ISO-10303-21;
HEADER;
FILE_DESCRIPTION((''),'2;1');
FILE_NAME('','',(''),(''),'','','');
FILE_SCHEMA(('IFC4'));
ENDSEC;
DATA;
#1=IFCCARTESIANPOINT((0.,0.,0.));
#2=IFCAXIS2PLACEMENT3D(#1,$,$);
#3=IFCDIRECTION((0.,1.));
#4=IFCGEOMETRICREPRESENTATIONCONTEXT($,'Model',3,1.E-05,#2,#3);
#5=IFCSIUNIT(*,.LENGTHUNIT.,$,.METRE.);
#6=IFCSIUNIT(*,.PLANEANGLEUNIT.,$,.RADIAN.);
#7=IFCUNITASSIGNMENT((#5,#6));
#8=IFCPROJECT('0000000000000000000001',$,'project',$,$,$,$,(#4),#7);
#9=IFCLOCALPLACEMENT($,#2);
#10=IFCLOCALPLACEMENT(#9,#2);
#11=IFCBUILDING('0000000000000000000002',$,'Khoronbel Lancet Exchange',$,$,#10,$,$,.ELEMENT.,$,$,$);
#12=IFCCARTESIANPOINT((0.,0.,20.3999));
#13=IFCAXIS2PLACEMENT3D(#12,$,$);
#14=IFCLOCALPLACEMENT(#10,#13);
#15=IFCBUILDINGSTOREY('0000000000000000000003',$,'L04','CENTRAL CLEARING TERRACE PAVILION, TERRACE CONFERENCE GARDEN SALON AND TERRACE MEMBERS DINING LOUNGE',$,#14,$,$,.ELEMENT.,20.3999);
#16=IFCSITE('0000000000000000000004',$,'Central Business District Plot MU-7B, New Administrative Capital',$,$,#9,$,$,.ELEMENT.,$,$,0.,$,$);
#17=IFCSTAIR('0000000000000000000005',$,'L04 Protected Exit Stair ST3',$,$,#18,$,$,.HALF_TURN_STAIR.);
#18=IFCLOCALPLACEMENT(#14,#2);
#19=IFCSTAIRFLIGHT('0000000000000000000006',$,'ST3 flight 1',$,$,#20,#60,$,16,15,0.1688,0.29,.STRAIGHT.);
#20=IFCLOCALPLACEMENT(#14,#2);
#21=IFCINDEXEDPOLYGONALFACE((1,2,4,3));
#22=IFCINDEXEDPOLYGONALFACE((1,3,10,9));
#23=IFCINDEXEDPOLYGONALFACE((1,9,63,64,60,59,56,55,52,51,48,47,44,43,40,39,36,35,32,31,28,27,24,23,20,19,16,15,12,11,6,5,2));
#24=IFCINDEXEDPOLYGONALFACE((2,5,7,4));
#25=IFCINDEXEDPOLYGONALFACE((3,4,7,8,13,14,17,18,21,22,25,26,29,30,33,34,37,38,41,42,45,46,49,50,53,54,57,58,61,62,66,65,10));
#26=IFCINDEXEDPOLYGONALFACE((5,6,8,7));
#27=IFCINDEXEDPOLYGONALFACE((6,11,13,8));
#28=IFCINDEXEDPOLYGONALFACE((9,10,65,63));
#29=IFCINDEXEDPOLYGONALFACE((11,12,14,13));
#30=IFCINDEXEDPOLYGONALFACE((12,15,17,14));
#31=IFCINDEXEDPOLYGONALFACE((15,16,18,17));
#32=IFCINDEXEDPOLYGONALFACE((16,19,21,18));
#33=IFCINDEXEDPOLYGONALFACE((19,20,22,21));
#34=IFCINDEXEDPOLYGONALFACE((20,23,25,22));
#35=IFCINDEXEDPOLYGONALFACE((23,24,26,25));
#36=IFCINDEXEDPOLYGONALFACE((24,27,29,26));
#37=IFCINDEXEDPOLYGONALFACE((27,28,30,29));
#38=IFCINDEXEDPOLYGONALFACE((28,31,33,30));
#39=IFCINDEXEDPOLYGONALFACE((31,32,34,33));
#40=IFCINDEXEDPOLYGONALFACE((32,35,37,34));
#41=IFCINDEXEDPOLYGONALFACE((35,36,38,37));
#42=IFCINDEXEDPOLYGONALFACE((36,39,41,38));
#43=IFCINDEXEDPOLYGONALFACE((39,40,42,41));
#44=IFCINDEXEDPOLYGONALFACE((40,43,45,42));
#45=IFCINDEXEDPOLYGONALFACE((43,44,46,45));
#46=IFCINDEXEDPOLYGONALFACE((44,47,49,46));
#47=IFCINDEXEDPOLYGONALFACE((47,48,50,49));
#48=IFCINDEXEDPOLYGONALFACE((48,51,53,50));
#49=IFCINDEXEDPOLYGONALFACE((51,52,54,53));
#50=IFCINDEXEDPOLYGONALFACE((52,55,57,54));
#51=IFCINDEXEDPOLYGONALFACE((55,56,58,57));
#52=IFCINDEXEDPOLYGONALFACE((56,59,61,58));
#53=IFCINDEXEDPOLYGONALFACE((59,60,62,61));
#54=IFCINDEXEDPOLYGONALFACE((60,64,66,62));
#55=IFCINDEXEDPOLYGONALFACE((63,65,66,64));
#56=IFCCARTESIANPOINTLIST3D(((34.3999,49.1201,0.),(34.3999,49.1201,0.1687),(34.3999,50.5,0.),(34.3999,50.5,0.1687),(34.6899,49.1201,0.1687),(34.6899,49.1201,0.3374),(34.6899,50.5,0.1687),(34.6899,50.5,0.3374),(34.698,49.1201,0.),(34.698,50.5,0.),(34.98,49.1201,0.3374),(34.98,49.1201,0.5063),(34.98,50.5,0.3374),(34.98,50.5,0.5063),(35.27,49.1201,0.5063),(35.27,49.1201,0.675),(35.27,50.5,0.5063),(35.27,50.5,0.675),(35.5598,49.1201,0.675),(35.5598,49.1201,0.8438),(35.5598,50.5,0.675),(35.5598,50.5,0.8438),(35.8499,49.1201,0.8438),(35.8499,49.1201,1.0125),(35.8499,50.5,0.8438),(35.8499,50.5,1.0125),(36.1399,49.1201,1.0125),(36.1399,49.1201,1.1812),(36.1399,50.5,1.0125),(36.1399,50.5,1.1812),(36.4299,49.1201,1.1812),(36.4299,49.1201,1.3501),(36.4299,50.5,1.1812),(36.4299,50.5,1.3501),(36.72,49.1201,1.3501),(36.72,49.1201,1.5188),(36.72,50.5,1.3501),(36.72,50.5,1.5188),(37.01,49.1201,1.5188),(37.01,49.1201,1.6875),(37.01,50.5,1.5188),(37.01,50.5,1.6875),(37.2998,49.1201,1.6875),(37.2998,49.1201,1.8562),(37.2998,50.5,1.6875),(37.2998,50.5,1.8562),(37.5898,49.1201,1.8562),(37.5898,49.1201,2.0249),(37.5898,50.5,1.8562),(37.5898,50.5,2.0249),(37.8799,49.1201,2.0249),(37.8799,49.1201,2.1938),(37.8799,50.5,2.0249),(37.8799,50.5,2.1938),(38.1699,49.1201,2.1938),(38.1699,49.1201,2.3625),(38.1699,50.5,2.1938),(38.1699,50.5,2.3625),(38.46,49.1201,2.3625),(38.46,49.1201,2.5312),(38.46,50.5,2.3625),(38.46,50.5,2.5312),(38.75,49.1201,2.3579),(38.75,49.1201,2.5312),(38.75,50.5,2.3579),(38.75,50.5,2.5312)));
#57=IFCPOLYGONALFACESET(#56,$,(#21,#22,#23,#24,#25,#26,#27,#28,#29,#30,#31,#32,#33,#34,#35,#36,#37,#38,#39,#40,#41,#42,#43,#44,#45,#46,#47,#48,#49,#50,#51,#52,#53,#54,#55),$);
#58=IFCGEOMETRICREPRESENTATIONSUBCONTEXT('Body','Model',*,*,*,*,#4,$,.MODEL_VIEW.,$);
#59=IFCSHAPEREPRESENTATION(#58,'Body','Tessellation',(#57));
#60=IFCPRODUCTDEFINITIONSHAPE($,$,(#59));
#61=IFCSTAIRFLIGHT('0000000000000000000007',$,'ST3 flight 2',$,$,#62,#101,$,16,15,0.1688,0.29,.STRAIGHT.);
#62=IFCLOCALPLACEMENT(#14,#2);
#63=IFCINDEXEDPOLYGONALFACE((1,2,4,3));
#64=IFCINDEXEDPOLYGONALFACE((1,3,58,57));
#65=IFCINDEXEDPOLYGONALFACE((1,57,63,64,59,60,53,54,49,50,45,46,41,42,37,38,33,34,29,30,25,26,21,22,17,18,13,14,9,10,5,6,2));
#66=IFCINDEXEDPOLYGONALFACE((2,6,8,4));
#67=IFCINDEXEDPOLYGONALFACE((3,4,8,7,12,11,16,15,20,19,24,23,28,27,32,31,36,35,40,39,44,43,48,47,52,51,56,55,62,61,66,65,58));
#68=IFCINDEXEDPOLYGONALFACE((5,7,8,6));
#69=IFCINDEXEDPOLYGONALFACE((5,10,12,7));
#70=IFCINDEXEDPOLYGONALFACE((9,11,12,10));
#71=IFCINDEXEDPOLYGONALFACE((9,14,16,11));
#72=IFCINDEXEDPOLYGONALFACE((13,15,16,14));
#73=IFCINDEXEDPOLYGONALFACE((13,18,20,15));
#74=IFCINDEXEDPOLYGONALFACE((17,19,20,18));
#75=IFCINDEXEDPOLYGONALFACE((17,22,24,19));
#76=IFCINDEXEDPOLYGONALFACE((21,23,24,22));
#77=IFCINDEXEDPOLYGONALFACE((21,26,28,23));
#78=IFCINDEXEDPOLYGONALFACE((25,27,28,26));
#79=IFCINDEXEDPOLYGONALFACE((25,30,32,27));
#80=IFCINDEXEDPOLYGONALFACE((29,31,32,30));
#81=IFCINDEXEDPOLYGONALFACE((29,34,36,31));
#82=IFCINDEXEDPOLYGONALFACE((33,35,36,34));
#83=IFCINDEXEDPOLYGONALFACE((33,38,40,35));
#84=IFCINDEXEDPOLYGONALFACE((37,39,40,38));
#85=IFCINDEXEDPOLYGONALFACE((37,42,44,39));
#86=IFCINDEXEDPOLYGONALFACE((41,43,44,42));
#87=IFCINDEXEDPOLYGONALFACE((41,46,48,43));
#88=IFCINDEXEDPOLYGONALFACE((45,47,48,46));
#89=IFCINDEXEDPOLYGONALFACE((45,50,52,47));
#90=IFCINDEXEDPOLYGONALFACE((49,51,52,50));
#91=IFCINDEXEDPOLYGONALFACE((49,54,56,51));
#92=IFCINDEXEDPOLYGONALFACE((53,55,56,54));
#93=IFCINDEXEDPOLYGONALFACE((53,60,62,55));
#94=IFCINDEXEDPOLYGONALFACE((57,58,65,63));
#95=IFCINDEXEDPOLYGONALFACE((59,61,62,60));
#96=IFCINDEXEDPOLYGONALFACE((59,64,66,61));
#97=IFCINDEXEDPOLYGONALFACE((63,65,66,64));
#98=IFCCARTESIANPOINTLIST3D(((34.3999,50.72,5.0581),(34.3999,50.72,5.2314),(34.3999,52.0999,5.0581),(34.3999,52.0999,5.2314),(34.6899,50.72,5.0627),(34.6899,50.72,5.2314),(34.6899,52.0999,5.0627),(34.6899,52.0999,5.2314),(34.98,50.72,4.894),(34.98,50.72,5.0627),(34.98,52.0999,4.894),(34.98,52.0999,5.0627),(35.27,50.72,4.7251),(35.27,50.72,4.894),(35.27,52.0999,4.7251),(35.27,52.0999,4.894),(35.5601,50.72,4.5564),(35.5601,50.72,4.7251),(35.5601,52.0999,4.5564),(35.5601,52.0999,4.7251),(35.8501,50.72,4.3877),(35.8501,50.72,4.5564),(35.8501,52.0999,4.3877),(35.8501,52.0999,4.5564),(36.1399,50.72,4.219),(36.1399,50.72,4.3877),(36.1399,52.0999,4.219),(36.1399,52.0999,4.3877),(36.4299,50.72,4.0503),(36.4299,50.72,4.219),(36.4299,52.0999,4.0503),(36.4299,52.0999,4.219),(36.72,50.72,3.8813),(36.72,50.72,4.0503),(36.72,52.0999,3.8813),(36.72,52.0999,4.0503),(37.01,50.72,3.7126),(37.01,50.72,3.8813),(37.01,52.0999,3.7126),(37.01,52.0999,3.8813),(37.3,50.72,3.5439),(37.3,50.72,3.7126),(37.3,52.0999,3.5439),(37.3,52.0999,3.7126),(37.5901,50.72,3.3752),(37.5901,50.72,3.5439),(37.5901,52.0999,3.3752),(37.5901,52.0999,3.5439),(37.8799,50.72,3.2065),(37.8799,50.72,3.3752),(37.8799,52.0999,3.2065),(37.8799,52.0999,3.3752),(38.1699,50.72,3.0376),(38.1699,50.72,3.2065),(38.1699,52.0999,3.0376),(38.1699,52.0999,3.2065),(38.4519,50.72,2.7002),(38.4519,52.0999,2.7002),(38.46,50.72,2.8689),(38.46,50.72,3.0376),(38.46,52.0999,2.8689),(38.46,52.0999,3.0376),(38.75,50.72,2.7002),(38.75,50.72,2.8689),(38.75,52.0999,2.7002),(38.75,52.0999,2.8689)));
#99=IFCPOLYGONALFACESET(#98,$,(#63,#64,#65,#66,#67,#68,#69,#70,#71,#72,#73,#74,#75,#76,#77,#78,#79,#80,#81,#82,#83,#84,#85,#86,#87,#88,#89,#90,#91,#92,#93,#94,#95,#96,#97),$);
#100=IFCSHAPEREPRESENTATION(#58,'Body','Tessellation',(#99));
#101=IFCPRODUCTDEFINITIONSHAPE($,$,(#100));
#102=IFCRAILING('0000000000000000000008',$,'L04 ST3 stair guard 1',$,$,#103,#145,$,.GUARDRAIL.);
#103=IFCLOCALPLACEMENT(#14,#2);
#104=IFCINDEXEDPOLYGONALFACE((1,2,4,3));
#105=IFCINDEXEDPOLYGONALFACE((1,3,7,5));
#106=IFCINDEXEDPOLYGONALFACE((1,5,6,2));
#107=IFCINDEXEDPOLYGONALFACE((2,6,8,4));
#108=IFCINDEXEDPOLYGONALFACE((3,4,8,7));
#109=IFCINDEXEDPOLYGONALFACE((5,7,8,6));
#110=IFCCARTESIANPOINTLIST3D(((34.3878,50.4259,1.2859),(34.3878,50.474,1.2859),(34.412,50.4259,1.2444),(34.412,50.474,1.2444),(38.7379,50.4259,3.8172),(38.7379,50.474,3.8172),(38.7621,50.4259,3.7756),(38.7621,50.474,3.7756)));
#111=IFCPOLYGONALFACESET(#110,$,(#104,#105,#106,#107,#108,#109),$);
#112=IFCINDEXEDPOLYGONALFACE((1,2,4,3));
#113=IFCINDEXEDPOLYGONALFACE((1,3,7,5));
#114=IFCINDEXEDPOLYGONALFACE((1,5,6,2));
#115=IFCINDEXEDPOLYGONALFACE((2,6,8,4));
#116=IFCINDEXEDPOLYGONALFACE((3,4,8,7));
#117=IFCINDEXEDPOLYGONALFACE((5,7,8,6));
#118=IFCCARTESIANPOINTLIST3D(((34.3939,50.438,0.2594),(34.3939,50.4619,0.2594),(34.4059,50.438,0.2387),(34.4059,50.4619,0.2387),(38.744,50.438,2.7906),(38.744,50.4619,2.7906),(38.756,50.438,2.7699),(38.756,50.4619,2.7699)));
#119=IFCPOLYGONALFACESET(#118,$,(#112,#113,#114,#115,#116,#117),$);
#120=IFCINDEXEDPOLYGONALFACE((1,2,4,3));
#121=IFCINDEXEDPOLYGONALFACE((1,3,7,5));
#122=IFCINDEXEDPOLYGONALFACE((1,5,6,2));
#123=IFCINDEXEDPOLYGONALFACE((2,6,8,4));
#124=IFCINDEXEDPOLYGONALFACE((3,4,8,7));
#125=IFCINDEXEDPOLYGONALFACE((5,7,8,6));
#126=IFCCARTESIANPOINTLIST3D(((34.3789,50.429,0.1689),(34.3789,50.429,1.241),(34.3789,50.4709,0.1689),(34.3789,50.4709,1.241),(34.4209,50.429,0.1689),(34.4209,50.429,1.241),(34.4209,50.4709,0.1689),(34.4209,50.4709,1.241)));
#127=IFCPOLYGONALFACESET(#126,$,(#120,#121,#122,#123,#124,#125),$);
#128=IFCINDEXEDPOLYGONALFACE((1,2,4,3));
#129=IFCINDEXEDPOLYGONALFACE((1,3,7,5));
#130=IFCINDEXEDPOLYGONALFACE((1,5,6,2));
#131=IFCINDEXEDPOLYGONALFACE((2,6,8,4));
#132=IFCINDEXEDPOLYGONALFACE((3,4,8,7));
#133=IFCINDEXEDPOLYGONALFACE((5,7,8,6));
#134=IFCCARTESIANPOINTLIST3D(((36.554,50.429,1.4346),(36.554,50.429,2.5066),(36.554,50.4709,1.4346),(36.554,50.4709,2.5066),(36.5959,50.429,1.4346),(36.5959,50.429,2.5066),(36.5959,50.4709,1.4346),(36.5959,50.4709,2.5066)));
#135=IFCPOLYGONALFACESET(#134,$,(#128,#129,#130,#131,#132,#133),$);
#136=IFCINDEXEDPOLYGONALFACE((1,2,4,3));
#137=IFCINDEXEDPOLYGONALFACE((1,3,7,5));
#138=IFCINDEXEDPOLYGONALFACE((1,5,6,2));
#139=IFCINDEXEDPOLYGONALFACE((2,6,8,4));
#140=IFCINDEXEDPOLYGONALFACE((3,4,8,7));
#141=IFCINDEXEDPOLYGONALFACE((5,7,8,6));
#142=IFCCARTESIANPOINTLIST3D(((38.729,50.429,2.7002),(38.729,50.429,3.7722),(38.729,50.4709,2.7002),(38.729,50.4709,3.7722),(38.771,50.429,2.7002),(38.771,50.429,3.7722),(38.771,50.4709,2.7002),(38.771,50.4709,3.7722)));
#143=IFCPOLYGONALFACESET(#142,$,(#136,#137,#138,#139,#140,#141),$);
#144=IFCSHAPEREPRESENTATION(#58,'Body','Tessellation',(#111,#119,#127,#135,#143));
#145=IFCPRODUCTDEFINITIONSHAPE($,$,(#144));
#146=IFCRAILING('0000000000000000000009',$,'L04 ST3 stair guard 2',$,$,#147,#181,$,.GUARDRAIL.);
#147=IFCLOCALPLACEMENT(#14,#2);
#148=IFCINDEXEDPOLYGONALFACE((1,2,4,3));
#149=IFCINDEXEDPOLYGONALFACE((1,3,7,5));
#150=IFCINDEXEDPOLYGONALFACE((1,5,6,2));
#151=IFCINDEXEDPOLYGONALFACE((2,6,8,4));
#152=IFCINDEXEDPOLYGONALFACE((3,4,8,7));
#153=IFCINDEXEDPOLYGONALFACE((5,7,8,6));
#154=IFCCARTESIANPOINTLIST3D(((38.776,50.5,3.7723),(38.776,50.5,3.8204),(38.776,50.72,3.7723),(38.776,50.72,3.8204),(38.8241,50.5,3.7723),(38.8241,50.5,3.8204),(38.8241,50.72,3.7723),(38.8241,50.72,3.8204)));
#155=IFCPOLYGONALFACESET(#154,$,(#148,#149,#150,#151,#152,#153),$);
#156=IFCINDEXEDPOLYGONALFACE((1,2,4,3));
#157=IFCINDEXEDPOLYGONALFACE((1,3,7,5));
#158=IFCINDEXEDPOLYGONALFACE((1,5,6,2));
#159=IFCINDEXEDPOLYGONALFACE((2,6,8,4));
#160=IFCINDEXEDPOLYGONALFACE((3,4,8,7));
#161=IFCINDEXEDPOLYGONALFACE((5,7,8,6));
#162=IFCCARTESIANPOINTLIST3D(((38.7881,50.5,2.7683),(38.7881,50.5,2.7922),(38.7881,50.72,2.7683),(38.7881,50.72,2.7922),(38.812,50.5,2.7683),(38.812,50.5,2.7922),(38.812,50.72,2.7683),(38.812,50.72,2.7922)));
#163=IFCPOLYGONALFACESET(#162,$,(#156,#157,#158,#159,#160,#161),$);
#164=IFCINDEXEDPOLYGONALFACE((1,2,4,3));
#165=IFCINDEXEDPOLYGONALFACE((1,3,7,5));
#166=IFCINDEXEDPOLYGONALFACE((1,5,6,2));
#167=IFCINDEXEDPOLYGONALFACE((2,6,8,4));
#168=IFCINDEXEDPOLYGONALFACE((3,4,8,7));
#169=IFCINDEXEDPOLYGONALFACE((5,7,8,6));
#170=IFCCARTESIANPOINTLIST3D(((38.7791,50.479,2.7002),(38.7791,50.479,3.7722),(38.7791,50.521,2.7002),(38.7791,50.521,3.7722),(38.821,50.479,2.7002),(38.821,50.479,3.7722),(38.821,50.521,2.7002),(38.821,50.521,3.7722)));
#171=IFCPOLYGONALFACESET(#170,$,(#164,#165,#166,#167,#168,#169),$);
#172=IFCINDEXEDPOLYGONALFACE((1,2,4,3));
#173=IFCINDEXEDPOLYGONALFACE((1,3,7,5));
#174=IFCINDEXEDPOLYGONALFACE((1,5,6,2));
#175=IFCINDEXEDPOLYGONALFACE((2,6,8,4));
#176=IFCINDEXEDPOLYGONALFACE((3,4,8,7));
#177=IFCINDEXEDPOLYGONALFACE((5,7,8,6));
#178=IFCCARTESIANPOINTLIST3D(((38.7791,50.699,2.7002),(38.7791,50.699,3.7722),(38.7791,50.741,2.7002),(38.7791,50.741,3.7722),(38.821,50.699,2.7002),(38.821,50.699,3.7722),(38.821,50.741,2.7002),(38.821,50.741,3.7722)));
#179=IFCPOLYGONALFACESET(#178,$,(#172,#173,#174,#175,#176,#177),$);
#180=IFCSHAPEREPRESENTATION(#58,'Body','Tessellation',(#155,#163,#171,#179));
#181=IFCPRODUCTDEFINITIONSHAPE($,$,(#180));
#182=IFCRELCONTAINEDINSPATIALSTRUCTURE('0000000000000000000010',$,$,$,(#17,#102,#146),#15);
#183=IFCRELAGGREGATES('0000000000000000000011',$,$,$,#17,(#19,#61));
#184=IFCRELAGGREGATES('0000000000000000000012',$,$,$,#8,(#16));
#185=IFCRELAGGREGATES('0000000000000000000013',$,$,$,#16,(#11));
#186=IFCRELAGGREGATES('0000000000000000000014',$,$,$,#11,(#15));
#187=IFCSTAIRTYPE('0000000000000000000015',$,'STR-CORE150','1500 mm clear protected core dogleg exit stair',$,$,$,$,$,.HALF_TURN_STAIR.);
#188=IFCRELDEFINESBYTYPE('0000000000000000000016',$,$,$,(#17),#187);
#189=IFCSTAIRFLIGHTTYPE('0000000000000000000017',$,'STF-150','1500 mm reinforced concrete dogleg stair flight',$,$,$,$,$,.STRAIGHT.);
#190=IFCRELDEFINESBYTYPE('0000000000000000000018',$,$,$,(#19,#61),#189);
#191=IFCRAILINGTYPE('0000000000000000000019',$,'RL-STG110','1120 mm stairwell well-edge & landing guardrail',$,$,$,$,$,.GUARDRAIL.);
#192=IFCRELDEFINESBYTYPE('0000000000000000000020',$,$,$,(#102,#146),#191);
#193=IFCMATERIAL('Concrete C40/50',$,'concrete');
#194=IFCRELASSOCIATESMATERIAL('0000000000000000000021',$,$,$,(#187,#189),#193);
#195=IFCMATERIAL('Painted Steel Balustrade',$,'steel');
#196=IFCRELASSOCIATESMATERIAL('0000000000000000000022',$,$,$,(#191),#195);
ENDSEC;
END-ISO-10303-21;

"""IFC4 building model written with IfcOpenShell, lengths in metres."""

from ifc_helpers import new_model, si_unit, direction, frame, origin, origin_2d, place, context, subcontext, project, spatial, polyline, rectangle, outline, extrude, material, type_object, element, aggregate, save


model = new_model("IFC4")

# Units and contexts
model_context = context("Model", 3, precision=1e-05, world=origin(), true_north=direction((0.0, 1.0)))
body_context = subcontext(model_context, "Body", "Model", "MODEL_VIEW")
ifc_project = project(units=[si_unit("LENGTHUNIT", "METRE"), si_unit("PLANEANGLEUNIT", "RADIAN")], contexts=[model_context])

# Site, building, storey
site_placement = place(None, origin())
site = spatial("IfcSite", under=ifc_project, at=site_placement, Name="Central Business District Plot MU-7B, New Administrative Capital", CompositionType="ELEMENT", RefElevation=0.0)
building_placement = place(site_placement, origin())
building = spatial("IfcBuilding", under=site, at=building_placement, Name="Khoronbel Lancet Exchange", CompositionType="ELEMENT")
storey_placement = place(building_placement, frame((0.0, 0.0, 20.3999)))
storey = spatial("IfcBuildingStorey", under=building, at=storey_placement, Name="L04", Description="CENTRAL CLEARING TERRACE PAVILION, TERRACE CONFERENCE GARDEN SALON AND TERRACE MEMBERS DINING LOUNGE", CompositionType="ELEMENT", Elevation=20.3999)

# Stair, stair flights
ifc_material_1 = material(Name="Concrete C40/50", Category="concrete")
stair_type = type_object("IfcStairType", Name="STR-CORE150", Description="1500 mm clear protected core dogleg exit stair", PredefinedType="HALF_TURN_STAIR", material=ifc_material_1)
stair_placement = place(storey_placement, origin())
stair = element("IfcStair", 1, at=stair_placement, inside=storey, type_object=stair_type, Name="L04 Protected Exit Stair ST3", PredefinedType="HALF_TURN_STAIR")
stair_flight_type = type_object("IfcStairFlightType", Name="STF-150", Description="1500 mm reinforced concrete dogleg stair flight", PredefinedType="STRAIGHT", material=ifc_material_1)
stair_flight_1_placement = place(storey_placement, frame((34.3999, 49.8101, 0.0), z_axis=(0.0, 0.0, 1.0), x_axis=(1.0, 0.0, 0.0)))
stair_flight_1 = element("IfcStairFlight", 2, at=stair_flight_1_placement, type_object=stair_flight_type, Name="ST3 flight 1", NumberOfRisers=16, NumberOfTreads=15, PredefinedType="STRAIGHT", RiserHeight=0.1688, TreadLength=0.29, context=body_context, shape_type="SweptSolid", body=[
    extrude(outline(polyline([(0.0, 0.0), (0.0, 0.1687), (0.29, 0.1687), (0.29, 0.3374), (0.5801, 0.3374), (0.5801, 0.5063), (0.8701, 0.5063), (0.8701, 0.675), (1.1599, 0.675), (1.1599, 0.8438), (1.45, 0.8438), (1.45, 1.0125), (1.74, 1.0125), (1.74, 1.1812), (2.03, 1.1812), (2.03, 1.3501), (2.3201, 1.3501), (2.3201, 1.5188), (2.6101, 1.5188), (2.6101, 1.6875), (2.8999, 1.6875), (2.8999, 1.8562), (3.1899, 1.8562), (3.1899, 2.0249), (3.48, 2.0249), (3.48, 2.1938), (3.77, 2.1938), (3.77, 2.3625), (4.0601, 2.3625), (4.0601, 2.5312), (4.3501, 2.5312), (4.3501, 2.7), (4.3501, 2.3579), (0.2981, 0.0), (0.0, 0.0)])), frame((0.0, 0.6899, 0.0), z_axis=(0.0, -1.0, 0.0), x_axis=(1.0, 0.0, 0.0)), (0.0, 0.0, 1.0), 1.3799),
])
stair_flight_2_placement = place(storey_placement, frame((38.75, 51.4099, 2.7002), z_axis=(0.0, 0.0, 1.0), x_axis=(-1.0, 0.0, 0.0)))
stair_flight_2 = element("IfcStairFlight", 3, at=stair_flight_2_placement, type_object=stair_flight_type, Name="ST3 flight 2", NumberOfRisers=16, NumberOfTreads=15, PredefinedType="STRAIGHT", RiserHeight=0.1688, TreadLength=0.29, context=body_context, shape_type="SweptSolid", body=[
    extrude(outline(polyline([(0.0, 0.0), (0.0, 0.1687), (0.29, 0.1687), (0.29, 0.3374), (0.5801, 0.3374), (0.5801, 0.5063), (0.8701, 0.5063), (0.8701, 0.675), (1.1599, 0.675), (1.1599, 0.8438), (1.45, 0.8438), (1.45, 1.0125), (1.74, 1.0125), (1.74, 1.1812), (2.03, 1.1812), (2.03, 1.3501), (2.3201, 1.3501), (2.3201, 1.5188), (2.6101, 1.5188), (2.6101, 1.6875), (2.8999, 1.6875), (2.8999, 1.8562), (3.1899, 1.8562), (3.1899, 2.0249), (3.48, 2.0249), (3.48, 2.1938), (3.77, 2.1938), (3.77, 2.3625), (4.0601, 2.3625), (4.0601, 2.5312), (4.3501, 2.5312), (4.3501, 2.7), (4.3501, 2.3579), (0.2981, 0.0), (0.0, 0.0)])), frame((0.0, 0.6899, 0.0), z_axis=(0.0, -1.0, 0.0), x_axis=(1.0, 0.0, 0.0)), (0.0, 0.0, 1.0), 1.3799),
])
aggregate(stair, [stair_flight_1, stair_flight_2])

# Railings
ifc_material_2 = material(Name="Painted Steel Balustrade", Category="steel")
railing_type_1 = type_object("IfcRailingType", Name="RL-STG110", Description="1120 mm stairwell well-edge & landing guardrail", PredefinedType="GUARDRAIL", material=ifc_material_2)
railing_1_placement = place(storey_placement, frame((34.3999, 50.45, 0.1689)))
element("IfcRailing", 4, at=railing_1_placement, inside=storey, type_object=railing_type_1, Name="L04 ST3 stair guard 1", PredefinedType="GUARDRAIL", context=body_context, shape_type="SweptSolid", body=[
    extrude(rectangle(XDim=0.0481, YDim=0.0481, at=origin_2d()), frame((0.0, 0.0, 1.0962), z_axis=(0.864324, 0.0, 0.502936), x_axis=(0.0, 1.0, 0.0)), (0.0, 0.0, 1.0), 5.033),
    extrude(rectangle(XDim=0.0239, YDim=0.0239, at=origin_2d()), frame((0.0, 0.0, 0.0801), z_axis=(0.864324, 0.0, 0.502936), x_axis=(0.0, 1.0, 0.0)), (0.0, 0.0, 1.0), 5.033),
    extrude(rectangle(XDim=0.042, YDim=0.042, at=origin_2d()), origin(), (0.0, 0.0, 1.0), 1.072),
    extrude(rectangle(XDim=0.042, YDim=0.042, at=origin_2d()), frame((2.175, 0.0, 1.2656)), (0.0, 0.0, 1.0), 1.072),
    extrude(rectangle(XDim=0.042, YDim=0.042, at=origin_2d()), frame((4.3501, 0.0, 2.5312)), (0.0, 0.0, 1.0), 1.072),
])
railing_2_placement = place(storey_placement, frame((38.8, 50.5, 2.7002)))
element("IfcRailing", 5, at=railing_2_placement, inside=storey, type_object=railing_type_1, Name="L04 ST3 stair guard 2", PredefinedType="GUARDRAIL", context=body_context, shape_type="SweptSolid", body=[
    extrude(rectangle(XDim=0.0481, YDim=0.0481, at=origin_2d()), frame((0.0, 0.0, 1.0962), z_axis=(0.0, 1.0, 0.0), x_axis=(-1.0, 0.0, 0.0)), (0.0, 0.0, 1.0), 0.22),
    extrude(rectangle(XDim=0.0239, YDim=0.0239, at=origin_2d()), frame((0.0, 0.0, 0.0801), z_axis=(0.0, 1.0, 0.0), x_axis=(-1.0, 0.0, 0.0)), (0.0, 0.0, 1.0), 0.22),
    extrude(rectangle(XDim=0.042, YDim=0.042, at=origin_2d()), origin(), (0.0, 0.0, 1.0), 1.072),
    extrude(rectangle(XDim=0.042, YDim=0.042, at=origin_2d()), frame((0.0, 0.22, 0.0)), (0.0, 0.0, 1.0), 1.072),
])

save(model, "model.ifc")
